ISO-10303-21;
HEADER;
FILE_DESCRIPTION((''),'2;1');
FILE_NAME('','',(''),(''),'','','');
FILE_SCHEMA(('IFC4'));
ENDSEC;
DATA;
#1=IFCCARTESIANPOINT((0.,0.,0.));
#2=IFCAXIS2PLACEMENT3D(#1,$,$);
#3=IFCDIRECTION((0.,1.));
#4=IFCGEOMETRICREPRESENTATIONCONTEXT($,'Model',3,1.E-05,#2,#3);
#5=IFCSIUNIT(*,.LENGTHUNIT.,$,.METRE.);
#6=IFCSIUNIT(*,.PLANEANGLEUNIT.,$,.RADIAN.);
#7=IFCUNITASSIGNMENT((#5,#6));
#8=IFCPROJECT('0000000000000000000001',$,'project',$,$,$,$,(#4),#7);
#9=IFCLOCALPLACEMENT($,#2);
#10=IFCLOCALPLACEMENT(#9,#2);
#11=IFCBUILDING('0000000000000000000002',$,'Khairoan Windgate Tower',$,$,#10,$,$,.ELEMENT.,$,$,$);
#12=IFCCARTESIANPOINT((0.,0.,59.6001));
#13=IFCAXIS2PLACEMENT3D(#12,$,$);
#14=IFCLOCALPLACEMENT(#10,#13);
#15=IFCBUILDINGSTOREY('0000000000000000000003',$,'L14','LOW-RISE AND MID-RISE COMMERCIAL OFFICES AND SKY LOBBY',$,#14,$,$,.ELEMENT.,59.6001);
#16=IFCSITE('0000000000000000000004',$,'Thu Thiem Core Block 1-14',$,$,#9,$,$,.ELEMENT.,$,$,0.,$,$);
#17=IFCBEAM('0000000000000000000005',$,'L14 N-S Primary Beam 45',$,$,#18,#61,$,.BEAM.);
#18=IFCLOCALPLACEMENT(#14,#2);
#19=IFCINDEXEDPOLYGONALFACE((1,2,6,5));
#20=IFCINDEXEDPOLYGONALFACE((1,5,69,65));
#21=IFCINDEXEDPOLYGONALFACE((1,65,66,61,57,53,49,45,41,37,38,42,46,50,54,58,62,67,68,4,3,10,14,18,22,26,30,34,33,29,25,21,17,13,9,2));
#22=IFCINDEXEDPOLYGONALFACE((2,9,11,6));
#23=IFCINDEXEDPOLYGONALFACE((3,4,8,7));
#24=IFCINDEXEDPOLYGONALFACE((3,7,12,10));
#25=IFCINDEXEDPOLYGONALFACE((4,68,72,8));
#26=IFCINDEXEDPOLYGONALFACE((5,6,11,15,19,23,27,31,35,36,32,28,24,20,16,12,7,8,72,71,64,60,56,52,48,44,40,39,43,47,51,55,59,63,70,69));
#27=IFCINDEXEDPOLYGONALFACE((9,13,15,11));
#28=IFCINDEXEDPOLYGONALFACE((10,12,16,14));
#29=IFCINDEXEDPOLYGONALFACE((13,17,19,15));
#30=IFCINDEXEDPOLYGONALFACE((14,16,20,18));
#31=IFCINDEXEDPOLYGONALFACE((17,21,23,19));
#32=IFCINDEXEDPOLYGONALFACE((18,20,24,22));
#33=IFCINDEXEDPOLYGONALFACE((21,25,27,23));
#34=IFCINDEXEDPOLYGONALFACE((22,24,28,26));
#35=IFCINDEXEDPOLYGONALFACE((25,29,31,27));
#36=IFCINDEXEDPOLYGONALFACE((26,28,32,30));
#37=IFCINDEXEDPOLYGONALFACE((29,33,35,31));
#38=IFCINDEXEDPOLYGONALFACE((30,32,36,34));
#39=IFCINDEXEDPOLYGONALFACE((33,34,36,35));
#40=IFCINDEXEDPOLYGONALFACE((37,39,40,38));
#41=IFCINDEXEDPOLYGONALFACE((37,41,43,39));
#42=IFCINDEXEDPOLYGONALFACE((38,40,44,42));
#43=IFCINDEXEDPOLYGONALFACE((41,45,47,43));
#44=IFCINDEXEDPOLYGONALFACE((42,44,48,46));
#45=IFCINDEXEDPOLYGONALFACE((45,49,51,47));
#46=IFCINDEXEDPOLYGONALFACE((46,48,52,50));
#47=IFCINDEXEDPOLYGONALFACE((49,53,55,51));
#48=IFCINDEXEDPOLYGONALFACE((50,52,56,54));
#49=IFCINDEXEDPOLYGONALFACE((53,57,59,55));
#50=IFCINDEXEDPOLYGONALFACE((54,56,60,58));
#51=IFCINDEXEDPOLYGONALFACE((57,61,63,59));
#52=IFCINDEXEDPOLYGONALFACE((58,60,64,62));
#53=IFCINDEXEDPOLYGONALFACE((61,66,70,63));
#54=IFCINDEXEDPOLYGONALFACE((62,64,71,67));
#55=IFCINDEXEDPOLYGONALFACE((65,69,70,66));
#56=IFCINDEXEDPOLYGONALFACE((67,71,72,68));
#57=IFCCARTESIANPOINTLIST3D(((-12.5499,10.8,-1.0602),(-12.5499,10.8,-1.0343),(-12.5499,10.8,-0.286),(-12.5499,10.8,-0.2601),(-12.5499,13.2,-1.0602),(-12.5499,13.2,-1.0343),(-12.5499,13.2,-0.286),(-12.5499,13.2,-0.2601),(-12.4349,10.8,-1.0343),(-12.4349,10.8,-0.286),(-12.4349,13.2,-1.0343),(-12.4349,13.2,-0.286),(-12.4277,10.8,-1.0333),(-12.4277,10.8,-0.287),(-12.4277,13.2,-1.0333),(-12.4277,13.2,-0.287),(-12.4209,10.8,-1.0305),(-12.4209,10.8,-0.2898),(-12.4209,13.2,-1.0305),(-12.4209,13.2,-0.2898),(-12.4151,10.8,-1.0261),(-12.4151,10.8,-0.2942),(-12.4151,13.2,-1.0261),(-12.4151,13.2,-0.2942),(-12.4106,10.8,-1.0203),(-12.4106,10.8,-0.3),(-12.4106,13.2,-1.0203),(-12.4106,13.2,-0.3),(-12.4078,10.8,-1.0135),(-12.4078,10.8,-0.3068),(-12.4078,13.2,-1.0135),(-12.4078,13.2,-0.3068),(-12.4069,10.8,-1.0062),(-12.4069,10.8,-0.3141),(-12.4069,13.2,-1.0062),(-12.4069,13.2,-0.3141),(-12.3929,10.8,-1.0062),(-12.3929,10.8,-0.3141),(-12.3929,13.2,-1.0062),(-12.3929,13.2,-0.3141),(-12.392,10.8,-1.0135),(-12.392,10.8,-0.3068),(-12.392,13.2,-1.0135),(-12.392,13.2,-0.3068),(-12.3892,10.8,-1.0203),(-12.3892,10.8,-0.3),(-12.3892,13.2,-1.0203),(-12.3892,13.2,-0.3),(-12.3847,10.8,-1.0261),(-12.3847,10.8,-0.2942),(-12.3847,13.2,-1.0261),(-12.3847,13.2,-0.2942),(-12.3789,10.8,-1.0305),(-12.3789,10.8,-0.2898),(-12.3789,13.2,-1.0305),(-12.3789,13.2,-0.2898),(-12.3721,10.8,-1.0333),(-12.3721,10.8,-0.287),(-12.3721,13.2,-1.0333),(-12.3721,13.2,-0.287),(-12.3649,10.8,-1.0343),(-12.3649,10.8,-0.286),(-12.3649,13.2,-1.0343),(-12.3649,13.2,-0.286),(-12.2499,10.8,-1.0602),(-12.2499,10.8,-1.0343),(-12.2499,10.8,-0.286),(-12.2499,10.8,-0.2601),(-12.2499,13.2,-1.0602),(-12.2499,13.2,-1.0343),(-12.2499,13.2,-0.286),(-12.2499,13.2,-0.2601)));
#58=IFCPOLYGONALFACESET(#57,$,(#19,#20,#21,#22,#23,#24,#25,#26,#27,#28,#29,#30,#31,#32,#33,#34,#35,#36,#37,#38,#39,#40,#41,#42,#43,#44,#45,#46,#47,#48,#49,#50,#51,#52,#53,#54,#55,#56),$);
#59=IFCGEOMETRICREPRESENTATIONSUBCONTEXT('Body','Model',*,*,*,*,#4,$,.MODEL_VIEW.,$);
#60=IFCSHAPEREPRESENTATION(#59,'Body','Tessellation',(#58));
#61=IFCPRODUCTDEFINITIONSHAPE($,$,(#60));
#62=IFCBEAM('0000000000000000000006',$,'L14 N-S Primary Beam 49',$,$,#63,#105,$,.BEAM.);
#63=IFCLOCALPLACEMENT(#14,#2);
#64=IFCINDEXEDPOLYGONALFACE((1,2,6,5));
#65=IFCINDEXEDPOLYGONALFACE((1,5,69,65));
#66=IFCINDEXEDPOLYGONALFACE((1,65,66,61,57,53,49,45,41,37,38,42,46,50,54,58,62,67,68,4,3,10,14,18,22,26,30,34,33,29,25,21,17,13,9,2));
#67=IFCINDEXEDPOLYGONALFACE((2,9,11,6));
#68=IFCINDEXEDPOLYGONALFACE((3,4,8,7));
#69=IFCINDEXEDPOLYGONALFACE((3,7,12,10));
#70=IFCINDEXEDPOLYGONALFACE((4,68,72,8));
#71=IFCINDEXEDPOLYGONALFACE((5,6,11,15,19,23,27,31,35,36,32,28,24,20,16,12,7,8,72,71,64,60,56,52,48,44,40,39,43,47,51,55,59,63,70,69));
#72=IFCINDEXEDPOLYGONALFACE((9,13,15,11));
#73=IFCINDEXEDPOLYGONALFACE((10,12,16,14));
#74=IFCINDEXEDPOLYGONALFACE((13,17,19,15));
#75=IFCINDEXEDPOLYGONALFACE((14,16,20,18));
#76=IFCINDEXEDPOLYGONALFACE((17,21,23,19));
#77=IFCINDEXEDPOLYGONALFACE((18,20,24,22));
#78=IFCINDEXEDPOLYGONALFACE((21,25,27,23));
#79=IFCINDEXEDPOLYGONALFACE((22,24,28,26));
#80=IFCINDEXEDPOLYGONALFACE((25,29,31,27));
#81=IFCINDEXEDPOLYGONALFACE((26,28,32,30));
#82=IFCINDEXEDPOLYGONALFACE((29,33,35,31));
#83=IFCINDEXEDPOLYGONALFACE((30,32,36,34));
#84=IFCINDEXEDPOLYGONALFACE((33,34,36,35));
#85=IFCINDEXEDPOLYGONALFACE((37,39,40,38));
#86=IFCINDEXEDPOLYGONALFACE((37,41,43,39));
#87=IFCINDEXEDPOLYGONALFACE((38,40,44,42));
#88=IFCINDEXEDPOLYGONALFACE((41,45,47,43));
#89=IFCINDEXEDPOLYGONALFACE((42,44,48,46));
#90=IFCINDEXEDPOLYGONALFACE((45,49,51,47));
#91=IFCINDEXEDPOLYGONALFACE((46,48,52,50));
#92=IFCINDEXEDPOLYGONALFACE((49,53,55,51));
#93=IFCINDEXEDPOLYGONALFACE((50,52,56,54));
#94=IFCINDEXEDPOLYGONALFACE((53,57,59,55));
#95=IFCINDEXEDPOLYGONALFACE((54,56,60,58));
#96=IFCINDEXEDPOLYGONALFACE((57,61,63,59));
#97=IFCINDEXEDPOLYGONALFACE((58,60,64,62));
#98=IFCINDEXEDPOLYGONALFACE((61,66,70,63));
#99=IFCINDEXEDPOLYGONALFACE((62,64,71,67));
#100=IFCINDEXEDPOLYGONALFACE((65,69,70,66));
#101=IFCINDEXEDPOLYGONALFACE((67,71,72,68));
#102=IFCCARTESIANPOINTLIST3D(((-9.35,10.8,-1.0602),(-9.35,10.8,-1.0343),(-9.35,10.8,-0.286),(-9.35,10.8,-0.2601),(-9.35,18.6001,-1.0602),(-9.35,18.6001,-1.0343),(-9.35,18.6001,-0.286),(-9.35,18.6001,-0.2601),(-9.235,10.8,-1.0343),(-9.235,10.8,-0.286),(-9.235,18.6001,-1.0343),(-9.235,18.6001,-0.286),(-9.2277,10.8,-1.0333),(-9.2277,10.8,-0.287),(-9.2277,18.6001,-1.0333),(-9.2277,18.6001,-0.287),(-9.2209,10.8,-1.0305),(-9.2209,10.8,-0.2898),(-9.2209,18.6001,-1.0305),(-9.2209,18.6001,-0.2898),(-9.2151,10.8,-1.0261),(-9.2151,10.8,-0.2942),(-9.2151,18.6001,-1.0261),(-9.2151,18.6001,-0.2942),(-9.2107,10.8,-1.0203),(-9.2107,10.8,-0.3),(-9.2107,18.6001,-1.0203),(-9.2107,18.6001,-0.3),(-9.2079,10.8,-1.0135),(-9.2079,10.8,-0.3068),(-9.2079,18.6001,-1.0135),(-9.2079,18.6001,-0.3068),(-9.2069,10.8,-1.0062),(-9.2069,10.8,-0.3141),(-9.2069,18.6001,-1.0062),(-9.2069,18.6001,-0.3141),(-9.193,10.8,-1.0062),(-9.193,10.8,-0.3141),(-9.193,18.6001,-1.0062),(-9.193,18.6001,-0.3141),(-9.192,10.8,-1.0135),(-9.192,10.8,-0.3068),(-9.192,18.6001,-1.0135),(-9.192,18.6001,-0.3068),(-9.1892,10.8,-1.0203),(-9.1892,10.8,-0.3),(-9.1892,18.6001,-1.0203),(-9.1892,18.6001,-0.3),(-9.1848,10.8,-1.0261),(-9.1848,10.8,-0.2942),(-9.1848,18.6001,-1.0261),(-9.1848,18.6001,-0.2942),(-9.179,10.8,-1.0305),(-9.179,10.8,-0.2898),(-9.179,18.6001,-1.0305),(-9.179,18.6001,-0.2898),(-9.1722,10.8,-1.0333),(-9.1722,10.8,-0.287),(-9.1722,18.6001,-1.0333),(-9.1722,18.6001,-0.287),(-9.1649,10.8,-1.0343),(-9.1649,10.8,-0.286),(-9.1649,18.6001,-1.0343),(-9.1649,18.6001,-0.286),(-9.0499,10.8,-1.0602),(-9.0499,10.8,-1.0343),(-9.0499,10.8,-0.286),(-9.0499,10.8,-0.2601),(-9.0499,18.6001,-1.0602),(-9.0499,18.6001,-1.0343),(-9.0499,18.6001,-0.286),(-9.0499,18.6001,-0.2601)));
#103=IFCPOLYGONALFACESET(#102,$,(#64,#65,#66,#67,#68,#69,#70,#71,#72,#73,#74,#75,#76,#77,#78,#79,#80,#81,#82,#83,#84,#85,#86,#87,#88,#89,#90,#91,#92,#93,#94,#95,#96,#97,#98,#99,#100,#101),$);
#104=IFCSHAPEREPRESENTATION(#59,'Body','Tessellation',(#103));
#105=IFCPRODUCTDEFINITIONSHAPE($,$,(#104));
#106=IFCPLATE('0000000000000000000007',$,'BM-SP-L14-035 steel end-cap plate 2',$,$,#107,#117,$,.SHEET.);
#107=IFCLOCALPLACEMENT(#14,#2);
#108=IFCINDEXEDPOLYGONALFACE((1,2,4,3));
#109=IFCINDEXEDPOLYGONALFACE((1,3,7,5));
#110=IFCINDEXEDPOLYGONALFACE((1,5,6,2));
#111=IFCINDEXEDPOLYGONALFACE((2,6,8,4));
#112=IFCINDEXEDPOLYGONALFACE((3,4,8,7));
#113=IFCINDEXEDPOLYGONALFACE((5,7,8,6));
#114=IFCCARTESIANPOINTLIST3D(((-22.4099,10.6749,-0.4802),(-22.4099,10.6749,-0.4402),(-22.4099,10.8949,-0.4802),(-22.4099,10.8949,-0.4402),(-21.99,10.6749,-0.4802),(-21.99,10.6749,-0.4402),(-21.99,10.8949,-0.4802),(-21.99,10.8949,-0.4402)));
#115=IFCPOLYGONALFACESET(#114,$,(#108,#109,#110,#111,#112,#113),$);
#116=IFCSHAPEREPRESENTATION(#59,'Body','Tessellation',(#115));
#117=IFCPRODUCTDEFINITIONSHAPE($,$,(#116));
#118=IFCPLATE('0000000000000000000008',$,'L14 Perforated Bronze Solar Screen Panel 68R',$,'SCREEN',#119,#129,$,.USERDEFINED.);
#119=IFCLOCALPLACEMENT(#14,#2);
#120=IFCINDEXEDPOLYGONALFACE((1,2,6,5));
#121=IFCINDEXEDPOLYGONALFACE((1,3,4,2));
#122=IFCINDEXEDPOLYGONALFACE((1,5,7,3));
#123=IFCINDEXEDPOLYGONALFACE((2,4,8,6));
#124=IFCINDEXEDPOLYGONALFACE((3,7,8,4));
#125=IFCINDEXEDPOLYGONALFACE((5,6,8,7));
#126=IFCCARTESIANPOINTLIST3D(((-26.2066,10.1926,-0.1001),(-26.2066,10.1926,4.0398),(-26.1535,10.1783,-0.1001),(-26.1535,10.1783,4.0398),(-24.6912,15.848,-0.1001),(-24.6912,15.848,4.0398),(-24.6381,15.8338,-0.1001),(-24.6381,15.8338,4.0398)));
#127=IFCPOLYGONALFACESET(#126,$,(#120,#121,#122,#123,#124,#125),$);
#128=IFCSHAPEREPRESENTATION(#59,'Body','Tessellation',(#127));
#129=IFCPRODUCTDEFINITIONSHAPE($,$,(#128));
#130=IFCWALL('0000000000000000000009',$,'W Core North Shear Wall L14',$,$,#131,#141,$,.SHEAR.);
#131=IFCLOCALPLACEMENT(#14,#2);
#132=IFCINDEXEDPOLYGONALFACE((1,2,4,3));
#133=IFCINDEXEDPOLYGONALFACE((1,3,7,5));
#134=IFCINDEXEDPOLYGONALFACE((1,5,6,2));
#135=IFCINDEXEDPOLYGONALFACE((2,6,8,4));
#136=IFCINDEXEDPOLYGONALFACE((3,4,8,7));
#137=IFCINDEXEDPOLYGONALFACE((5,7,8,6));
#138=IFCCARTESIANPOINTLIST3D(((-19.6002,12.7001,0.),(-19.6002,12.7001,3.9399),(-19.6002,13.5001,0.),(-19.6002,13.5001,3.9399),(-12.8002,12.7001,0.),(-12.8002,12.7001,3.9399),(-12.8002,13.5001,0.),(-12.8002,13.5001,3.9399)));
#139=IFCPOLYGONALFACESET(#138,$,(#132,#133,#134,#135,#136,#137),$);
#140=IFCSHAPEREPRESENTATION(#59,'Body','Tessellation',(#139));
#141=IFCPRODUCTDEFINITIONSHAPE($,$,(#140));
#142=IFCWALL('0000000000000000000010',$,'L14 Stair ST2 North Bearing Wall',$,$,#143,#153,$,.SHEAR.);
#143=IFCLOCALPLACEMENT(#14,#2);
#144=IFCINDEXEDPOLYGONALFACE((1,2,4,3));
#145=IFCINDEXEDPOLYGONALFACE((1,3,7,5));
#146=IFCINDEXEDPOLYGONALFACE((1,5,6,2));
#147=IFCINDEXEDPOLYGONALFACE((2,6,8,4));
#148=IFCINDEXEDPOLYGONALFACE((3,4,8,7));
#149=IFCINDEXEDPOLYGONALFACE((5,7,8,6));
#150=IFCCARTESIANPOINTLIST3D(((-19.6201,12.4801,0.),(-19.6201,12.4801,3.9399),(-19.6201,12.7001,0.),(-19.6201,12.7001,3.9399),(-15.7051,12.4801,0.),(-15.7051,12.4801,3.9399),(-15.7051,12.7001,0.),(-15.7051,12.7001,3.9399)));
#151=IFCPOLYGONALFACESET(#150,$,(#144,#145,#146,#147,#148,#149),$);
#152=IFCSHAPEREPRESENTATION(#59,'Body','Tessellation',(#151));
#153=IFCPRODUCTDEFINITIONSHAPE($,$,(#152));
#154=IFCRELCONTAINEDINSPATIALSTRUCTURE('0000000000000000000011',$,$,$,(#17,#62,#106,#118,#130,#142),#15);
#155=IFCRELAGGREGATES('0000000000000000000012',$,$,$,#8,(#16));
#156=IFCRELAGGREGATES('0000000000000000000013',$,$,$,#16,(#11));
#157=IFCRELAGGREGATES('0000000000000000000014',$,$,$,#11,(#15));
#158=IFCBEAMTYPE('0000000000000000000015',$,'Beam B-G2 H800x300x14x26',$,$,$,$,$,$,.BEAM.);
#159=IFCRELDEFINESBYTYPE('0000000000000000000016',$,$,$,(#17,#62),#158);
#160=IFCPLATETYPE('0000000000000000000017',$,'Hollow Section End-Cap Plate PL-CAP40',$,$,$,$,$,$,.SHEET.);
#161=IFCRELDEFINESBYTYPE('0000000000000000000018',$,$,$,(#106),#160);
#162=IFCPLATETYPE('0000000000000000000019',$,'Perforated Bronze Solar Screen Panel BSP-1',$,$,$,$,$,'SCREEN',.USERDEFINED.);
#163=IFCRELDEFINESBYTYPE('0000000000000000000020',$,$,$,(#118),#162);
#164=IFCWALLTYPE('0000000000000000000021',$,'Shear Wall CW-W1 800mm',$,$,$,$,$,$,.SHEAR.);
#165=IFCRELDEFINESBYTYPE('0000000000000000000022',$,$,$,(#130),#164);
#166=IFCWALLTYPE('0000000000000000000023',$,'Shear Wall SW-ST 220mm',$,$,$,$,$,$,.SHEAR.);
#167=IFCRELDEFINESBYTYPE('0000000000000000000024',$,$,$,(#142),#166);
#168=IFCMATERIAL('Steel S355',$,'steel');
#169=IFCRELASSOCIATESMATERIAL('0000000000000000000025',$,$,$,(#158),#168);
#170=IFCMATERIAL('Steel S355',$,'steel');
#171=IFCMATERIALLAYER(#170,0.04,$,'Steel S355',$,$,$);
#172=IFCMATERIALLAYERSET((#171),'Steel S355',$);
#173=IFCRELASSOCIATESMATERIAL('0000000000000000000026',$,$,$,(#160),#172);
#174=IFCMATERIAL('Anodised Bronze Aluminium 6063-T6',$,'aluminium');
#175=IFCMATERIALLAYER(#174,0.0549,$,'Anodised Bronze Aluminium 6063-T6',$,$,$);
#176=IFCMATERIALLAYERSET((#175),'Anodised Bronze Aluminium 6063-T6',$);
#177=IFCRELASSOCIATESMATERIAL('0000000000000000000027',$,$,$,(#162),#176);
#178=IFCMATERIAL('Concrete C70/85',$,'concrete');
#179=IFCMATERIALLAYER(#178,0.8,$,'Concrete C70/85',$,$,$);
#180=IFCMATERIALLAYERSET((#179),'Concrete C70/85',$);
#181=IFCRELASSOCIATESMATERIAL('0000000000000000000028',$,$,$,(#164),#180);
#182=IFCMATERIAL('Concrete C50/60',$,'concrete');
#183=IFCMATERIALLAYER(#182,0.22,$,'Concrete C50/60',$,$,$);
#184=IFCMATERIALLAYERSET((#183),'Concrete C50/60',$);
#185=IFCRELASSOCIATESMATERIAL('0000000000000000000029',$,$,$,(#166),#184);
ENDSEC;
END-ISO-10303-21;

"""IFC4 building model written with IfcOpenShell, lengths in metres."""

from ifc_helpers import new_model, si_unit, direction, frame, frame_2d, origin, origin_2d, place, context, subcontext, project, spatial, rectangle, i_section, extrude, material, layer, layer_set, material_profile, profile_set, type_object, element, save


model = new_model("IFC4")

# Units and contexts
model_context = context("Model", 3, precision=1e-05, world=origin(), true_north=direction((0.0, 1.0)))
body_context = subcontext(model_context, "Body", "Model", "MODEL_VIEW")
ifc_project = project(units=[si_unit("LENGTHUNIT", "METRE"), si_unit("PLANEANGLEUNIT", "RADIAN")], contexts=[model_context])

# Site, building, storey
site_placement = place(None, origin())
site = spatial("IfcSite", under=ifc_project, at=site_placement, Name="Thu Thiem Core Block 1-14", CompositionType="ELEMENT", RefElevation=0.0)
building_placement = place(site_placement, origin())
building = spatial("IfcBuilding", under=site, at=building_placement, Name="Khairoan Windgate Tower", CompositionType="ELEMENT")
storey_placement = place(building_placement, frame((0.0, 0.0, 59.6001)))
storey = spatial("IfcBuildingStorey", under=building, at=storey_placement, Name="L14", Description="LOW-RISE AND MID-RISE COMMERCIAL OFFICES AND SKY LOBBY", CompositionType="ELEMENT", Elevation=59.6001)

# Beams
ifc_material_1 = material(Name="Steel S355", Category="steel")
ifc_material_profile_1 = material_profile(ifc_material_1, i_section(OverallWidth=0.3, OverallDepth=0.8, WebThickness=0.0139, FlangeThickness=0.0259, FilletRadius=0.0281, at=origin_2d()))
ifc_profile_set_1 = profile_set([ifc_material_profile_1], Name="Steel S355")
beam_type = type_object("IfcBeamType", Name="Beam B-G2 H800x300x14x26", PredefinedType="BEAM", material=ifc_profile_set_1)
beam_1_placement = place(storey_placement, frame((-12.3999, 10.8, -0.6602), z_axis=(0.0, 1.0, 0.0), x_axis=(-1.0, 0.0, 0.0)))
element("IfcBeam", 1, at=beam_1_placement, inside=storey, type_object=beam_type, Name="L14 N-S Primary Beam 45", PredefinedType="BEAM", context=body_context, shape_type="SweptSolid", body=[
    extrude(i_section(OverallWidth=0.3, OverallDepth=0.8, WebThickness=0.0139, FlangeThickness=0.0259, FilletRadius=0.0281, at=origin_2d()), origin(), (0.0, 0.0, 1.0), 2.3999),
])
beam_2_placement = place(storey_placement, frame((-9.2, 10.8, -0.6602), z_axis=(0.0, 1.0, 0.0), x_axis=(-1.0, 0.0, 0.0)))
element("IfcBeam", 2, at=beam_2_placement, inside=storey, type_object=beam_type, Name="L14 N-S Primary Beam 49", PredefinedType="BEAM", context=body_context, shape_type="SweptSolid", body=[
    extrude(i_section(OverallWidth=0.3, OverallDepth=0.8, WebThickness=0.0139, FlangeThickness=0.0259, FilletRadius=0.0281, at=origin_2d()), origin(), (0.0, 0.0, 1.0), 7.8),
])

# Plates
ifc_material_2 = material(Name="Steel S355", Category="steel")
ifc_layer_1 = layer(ifc_material_2, 0.04, Name="Steel S355")
ifc_layer_set_1 = layer_set([ifc_layer_1], Name="Steel S355")
plate_type_1 = type_object("IfcPlateType", Name="Hollow Section End-Cap Plate PL-CAP40", PredefinedType="SHEET", material=ifc_layer_set_1)
plate_1_placement = place(storey_placement, frame((-22.2, 10.7849, -0.4802), z_axis=(0.0, 0.0, 1.0), x_axis=(0.0, 1.0, 0.0)))
element("IfcPlate", 3, at=plate_1_placement, inside=storey, type_object=plate_type_1, Name="BM-SP-L14-035 steel end-cap plate 2", PredefinedType="SHEET", context=body_context, shape_type="SweptSolid", body=[
    extrude(rectangle(XDim=0.22, YDim=0.4199, at=origin_2d()), origin(), (0.0, 0.0, 1.0), 0.04),
])
ifc_material_3 = material(Name="Anodised Bronze Aluminium 6063-T6", Category="aluminium")
ifc_layer_2 = layer(ifc_material_3, 0.0549, Name="Anodised Bronze Aluminium 6063-T6")
ifc_layer_set_2 = layer_set([ifc_layer_2], Name="Anodised Bronze Aluminium 6063-T6")
plate_type_2 = type_object("IfcPlateType", Name="Perforated Bronze Solar Screen Panel BSP-1", ElementType="SCREEN", PredefinedType="USERDEFINED", material=ifc_layer_set_2)
plate_2_placement = place(storey_placement, frame((-25.4224, 13.0132, -0.1001), z_axis=(0.0, 0.0, 1.0), x_axis=(0.258819, 0.965926, 0.0)))
element("IfcPlate", 4, at=plate_2_placement, inside=storey, type_object=plate_type_2, Name="L14 Perforated Bronze Solar Screen Panel 68R", ObjectType="SCREEN", PredefinedType="USERDEFINED", context=body_context, shape_type="SweptSolid", body=[
    extrude(rectangle(XDim=5.855, YDim=0.0549, at=origin_2d()), origin(), (0.0, 0.0, 1.0), 4.1399),
])

# Walls
ifc_material_4 = material(Name="Concrete C70/85", Category="concrete")
ifc_layer_3 = layer(ifc_material_4, 0.8, Name="Concrete C70/85")
ifc_layer_set_3 = layer_set([ifc_layer_3], Name="Concrete C70/85")
wall_type_1 = type_object("IfcWallType", Name="Shear Wall CW-W1 800mm", PredefinedType="SHEAR", material=ifc_layer_set_3)
wall_1_placement = place(storey_placement, frame((-19.6001, 13.1001, 0.0), z_axis=(0.0, 0.0, 1.0), x_axis=(1.0, 0.0, 0.0)))
element("IfcWall", 5, at=wall_1_placement, inside=storey, type_object=wall_type_1, Name="W Core North Shear Wall L14", PredefinedType="SHEAR", context=body_context, shape_type="SweptSolid", body=[
    extrude(rectangle(XDim=6.8, YDim=0.8, at=frame_2d((3.3999, 0.0))), origin(), (0.0, 0.0, 1.0), 3.9399),
])
ifc_material_5 = material(Name="Concrete C50/60", Category="concrete")
ifc_layer_4 = layer(ifc_material_5, 0.22, Name="Concrete C50/60")
ifc_layer_set_4 = layer_set([ifc_layer_4], Name="Concrete C50/60")
wall_type_2 = type_object("IfcWallType", Name="Shear Wall SW-ST 220mm", PredefinedType="SHEAR", material=ifc_layer_set_4)
wall_2_placement = place(storey_placement, frame((-19.6201, 12.5901, 0.0), z_axis=(0.0, 0.0, 1.0), x_axis=(1.0, 0.0, 0.0)))
element("IfcWall", 6, at=wall_2_placement, inside=storey, type_object=wall_type_2, Name="L14 Stair ST2 North Bearing Wall", PredefinedType="SHEAR", context=body_context, shape_type="SweptSolid", body=[
    extrude(rectangle(XDim=3.915, YDim=0.22, at=frame_2d((1.9575, 0.0))), origin(), (0.0, 0.0, 1.0), 3.9399),
])

save(model, "model.ifc")
